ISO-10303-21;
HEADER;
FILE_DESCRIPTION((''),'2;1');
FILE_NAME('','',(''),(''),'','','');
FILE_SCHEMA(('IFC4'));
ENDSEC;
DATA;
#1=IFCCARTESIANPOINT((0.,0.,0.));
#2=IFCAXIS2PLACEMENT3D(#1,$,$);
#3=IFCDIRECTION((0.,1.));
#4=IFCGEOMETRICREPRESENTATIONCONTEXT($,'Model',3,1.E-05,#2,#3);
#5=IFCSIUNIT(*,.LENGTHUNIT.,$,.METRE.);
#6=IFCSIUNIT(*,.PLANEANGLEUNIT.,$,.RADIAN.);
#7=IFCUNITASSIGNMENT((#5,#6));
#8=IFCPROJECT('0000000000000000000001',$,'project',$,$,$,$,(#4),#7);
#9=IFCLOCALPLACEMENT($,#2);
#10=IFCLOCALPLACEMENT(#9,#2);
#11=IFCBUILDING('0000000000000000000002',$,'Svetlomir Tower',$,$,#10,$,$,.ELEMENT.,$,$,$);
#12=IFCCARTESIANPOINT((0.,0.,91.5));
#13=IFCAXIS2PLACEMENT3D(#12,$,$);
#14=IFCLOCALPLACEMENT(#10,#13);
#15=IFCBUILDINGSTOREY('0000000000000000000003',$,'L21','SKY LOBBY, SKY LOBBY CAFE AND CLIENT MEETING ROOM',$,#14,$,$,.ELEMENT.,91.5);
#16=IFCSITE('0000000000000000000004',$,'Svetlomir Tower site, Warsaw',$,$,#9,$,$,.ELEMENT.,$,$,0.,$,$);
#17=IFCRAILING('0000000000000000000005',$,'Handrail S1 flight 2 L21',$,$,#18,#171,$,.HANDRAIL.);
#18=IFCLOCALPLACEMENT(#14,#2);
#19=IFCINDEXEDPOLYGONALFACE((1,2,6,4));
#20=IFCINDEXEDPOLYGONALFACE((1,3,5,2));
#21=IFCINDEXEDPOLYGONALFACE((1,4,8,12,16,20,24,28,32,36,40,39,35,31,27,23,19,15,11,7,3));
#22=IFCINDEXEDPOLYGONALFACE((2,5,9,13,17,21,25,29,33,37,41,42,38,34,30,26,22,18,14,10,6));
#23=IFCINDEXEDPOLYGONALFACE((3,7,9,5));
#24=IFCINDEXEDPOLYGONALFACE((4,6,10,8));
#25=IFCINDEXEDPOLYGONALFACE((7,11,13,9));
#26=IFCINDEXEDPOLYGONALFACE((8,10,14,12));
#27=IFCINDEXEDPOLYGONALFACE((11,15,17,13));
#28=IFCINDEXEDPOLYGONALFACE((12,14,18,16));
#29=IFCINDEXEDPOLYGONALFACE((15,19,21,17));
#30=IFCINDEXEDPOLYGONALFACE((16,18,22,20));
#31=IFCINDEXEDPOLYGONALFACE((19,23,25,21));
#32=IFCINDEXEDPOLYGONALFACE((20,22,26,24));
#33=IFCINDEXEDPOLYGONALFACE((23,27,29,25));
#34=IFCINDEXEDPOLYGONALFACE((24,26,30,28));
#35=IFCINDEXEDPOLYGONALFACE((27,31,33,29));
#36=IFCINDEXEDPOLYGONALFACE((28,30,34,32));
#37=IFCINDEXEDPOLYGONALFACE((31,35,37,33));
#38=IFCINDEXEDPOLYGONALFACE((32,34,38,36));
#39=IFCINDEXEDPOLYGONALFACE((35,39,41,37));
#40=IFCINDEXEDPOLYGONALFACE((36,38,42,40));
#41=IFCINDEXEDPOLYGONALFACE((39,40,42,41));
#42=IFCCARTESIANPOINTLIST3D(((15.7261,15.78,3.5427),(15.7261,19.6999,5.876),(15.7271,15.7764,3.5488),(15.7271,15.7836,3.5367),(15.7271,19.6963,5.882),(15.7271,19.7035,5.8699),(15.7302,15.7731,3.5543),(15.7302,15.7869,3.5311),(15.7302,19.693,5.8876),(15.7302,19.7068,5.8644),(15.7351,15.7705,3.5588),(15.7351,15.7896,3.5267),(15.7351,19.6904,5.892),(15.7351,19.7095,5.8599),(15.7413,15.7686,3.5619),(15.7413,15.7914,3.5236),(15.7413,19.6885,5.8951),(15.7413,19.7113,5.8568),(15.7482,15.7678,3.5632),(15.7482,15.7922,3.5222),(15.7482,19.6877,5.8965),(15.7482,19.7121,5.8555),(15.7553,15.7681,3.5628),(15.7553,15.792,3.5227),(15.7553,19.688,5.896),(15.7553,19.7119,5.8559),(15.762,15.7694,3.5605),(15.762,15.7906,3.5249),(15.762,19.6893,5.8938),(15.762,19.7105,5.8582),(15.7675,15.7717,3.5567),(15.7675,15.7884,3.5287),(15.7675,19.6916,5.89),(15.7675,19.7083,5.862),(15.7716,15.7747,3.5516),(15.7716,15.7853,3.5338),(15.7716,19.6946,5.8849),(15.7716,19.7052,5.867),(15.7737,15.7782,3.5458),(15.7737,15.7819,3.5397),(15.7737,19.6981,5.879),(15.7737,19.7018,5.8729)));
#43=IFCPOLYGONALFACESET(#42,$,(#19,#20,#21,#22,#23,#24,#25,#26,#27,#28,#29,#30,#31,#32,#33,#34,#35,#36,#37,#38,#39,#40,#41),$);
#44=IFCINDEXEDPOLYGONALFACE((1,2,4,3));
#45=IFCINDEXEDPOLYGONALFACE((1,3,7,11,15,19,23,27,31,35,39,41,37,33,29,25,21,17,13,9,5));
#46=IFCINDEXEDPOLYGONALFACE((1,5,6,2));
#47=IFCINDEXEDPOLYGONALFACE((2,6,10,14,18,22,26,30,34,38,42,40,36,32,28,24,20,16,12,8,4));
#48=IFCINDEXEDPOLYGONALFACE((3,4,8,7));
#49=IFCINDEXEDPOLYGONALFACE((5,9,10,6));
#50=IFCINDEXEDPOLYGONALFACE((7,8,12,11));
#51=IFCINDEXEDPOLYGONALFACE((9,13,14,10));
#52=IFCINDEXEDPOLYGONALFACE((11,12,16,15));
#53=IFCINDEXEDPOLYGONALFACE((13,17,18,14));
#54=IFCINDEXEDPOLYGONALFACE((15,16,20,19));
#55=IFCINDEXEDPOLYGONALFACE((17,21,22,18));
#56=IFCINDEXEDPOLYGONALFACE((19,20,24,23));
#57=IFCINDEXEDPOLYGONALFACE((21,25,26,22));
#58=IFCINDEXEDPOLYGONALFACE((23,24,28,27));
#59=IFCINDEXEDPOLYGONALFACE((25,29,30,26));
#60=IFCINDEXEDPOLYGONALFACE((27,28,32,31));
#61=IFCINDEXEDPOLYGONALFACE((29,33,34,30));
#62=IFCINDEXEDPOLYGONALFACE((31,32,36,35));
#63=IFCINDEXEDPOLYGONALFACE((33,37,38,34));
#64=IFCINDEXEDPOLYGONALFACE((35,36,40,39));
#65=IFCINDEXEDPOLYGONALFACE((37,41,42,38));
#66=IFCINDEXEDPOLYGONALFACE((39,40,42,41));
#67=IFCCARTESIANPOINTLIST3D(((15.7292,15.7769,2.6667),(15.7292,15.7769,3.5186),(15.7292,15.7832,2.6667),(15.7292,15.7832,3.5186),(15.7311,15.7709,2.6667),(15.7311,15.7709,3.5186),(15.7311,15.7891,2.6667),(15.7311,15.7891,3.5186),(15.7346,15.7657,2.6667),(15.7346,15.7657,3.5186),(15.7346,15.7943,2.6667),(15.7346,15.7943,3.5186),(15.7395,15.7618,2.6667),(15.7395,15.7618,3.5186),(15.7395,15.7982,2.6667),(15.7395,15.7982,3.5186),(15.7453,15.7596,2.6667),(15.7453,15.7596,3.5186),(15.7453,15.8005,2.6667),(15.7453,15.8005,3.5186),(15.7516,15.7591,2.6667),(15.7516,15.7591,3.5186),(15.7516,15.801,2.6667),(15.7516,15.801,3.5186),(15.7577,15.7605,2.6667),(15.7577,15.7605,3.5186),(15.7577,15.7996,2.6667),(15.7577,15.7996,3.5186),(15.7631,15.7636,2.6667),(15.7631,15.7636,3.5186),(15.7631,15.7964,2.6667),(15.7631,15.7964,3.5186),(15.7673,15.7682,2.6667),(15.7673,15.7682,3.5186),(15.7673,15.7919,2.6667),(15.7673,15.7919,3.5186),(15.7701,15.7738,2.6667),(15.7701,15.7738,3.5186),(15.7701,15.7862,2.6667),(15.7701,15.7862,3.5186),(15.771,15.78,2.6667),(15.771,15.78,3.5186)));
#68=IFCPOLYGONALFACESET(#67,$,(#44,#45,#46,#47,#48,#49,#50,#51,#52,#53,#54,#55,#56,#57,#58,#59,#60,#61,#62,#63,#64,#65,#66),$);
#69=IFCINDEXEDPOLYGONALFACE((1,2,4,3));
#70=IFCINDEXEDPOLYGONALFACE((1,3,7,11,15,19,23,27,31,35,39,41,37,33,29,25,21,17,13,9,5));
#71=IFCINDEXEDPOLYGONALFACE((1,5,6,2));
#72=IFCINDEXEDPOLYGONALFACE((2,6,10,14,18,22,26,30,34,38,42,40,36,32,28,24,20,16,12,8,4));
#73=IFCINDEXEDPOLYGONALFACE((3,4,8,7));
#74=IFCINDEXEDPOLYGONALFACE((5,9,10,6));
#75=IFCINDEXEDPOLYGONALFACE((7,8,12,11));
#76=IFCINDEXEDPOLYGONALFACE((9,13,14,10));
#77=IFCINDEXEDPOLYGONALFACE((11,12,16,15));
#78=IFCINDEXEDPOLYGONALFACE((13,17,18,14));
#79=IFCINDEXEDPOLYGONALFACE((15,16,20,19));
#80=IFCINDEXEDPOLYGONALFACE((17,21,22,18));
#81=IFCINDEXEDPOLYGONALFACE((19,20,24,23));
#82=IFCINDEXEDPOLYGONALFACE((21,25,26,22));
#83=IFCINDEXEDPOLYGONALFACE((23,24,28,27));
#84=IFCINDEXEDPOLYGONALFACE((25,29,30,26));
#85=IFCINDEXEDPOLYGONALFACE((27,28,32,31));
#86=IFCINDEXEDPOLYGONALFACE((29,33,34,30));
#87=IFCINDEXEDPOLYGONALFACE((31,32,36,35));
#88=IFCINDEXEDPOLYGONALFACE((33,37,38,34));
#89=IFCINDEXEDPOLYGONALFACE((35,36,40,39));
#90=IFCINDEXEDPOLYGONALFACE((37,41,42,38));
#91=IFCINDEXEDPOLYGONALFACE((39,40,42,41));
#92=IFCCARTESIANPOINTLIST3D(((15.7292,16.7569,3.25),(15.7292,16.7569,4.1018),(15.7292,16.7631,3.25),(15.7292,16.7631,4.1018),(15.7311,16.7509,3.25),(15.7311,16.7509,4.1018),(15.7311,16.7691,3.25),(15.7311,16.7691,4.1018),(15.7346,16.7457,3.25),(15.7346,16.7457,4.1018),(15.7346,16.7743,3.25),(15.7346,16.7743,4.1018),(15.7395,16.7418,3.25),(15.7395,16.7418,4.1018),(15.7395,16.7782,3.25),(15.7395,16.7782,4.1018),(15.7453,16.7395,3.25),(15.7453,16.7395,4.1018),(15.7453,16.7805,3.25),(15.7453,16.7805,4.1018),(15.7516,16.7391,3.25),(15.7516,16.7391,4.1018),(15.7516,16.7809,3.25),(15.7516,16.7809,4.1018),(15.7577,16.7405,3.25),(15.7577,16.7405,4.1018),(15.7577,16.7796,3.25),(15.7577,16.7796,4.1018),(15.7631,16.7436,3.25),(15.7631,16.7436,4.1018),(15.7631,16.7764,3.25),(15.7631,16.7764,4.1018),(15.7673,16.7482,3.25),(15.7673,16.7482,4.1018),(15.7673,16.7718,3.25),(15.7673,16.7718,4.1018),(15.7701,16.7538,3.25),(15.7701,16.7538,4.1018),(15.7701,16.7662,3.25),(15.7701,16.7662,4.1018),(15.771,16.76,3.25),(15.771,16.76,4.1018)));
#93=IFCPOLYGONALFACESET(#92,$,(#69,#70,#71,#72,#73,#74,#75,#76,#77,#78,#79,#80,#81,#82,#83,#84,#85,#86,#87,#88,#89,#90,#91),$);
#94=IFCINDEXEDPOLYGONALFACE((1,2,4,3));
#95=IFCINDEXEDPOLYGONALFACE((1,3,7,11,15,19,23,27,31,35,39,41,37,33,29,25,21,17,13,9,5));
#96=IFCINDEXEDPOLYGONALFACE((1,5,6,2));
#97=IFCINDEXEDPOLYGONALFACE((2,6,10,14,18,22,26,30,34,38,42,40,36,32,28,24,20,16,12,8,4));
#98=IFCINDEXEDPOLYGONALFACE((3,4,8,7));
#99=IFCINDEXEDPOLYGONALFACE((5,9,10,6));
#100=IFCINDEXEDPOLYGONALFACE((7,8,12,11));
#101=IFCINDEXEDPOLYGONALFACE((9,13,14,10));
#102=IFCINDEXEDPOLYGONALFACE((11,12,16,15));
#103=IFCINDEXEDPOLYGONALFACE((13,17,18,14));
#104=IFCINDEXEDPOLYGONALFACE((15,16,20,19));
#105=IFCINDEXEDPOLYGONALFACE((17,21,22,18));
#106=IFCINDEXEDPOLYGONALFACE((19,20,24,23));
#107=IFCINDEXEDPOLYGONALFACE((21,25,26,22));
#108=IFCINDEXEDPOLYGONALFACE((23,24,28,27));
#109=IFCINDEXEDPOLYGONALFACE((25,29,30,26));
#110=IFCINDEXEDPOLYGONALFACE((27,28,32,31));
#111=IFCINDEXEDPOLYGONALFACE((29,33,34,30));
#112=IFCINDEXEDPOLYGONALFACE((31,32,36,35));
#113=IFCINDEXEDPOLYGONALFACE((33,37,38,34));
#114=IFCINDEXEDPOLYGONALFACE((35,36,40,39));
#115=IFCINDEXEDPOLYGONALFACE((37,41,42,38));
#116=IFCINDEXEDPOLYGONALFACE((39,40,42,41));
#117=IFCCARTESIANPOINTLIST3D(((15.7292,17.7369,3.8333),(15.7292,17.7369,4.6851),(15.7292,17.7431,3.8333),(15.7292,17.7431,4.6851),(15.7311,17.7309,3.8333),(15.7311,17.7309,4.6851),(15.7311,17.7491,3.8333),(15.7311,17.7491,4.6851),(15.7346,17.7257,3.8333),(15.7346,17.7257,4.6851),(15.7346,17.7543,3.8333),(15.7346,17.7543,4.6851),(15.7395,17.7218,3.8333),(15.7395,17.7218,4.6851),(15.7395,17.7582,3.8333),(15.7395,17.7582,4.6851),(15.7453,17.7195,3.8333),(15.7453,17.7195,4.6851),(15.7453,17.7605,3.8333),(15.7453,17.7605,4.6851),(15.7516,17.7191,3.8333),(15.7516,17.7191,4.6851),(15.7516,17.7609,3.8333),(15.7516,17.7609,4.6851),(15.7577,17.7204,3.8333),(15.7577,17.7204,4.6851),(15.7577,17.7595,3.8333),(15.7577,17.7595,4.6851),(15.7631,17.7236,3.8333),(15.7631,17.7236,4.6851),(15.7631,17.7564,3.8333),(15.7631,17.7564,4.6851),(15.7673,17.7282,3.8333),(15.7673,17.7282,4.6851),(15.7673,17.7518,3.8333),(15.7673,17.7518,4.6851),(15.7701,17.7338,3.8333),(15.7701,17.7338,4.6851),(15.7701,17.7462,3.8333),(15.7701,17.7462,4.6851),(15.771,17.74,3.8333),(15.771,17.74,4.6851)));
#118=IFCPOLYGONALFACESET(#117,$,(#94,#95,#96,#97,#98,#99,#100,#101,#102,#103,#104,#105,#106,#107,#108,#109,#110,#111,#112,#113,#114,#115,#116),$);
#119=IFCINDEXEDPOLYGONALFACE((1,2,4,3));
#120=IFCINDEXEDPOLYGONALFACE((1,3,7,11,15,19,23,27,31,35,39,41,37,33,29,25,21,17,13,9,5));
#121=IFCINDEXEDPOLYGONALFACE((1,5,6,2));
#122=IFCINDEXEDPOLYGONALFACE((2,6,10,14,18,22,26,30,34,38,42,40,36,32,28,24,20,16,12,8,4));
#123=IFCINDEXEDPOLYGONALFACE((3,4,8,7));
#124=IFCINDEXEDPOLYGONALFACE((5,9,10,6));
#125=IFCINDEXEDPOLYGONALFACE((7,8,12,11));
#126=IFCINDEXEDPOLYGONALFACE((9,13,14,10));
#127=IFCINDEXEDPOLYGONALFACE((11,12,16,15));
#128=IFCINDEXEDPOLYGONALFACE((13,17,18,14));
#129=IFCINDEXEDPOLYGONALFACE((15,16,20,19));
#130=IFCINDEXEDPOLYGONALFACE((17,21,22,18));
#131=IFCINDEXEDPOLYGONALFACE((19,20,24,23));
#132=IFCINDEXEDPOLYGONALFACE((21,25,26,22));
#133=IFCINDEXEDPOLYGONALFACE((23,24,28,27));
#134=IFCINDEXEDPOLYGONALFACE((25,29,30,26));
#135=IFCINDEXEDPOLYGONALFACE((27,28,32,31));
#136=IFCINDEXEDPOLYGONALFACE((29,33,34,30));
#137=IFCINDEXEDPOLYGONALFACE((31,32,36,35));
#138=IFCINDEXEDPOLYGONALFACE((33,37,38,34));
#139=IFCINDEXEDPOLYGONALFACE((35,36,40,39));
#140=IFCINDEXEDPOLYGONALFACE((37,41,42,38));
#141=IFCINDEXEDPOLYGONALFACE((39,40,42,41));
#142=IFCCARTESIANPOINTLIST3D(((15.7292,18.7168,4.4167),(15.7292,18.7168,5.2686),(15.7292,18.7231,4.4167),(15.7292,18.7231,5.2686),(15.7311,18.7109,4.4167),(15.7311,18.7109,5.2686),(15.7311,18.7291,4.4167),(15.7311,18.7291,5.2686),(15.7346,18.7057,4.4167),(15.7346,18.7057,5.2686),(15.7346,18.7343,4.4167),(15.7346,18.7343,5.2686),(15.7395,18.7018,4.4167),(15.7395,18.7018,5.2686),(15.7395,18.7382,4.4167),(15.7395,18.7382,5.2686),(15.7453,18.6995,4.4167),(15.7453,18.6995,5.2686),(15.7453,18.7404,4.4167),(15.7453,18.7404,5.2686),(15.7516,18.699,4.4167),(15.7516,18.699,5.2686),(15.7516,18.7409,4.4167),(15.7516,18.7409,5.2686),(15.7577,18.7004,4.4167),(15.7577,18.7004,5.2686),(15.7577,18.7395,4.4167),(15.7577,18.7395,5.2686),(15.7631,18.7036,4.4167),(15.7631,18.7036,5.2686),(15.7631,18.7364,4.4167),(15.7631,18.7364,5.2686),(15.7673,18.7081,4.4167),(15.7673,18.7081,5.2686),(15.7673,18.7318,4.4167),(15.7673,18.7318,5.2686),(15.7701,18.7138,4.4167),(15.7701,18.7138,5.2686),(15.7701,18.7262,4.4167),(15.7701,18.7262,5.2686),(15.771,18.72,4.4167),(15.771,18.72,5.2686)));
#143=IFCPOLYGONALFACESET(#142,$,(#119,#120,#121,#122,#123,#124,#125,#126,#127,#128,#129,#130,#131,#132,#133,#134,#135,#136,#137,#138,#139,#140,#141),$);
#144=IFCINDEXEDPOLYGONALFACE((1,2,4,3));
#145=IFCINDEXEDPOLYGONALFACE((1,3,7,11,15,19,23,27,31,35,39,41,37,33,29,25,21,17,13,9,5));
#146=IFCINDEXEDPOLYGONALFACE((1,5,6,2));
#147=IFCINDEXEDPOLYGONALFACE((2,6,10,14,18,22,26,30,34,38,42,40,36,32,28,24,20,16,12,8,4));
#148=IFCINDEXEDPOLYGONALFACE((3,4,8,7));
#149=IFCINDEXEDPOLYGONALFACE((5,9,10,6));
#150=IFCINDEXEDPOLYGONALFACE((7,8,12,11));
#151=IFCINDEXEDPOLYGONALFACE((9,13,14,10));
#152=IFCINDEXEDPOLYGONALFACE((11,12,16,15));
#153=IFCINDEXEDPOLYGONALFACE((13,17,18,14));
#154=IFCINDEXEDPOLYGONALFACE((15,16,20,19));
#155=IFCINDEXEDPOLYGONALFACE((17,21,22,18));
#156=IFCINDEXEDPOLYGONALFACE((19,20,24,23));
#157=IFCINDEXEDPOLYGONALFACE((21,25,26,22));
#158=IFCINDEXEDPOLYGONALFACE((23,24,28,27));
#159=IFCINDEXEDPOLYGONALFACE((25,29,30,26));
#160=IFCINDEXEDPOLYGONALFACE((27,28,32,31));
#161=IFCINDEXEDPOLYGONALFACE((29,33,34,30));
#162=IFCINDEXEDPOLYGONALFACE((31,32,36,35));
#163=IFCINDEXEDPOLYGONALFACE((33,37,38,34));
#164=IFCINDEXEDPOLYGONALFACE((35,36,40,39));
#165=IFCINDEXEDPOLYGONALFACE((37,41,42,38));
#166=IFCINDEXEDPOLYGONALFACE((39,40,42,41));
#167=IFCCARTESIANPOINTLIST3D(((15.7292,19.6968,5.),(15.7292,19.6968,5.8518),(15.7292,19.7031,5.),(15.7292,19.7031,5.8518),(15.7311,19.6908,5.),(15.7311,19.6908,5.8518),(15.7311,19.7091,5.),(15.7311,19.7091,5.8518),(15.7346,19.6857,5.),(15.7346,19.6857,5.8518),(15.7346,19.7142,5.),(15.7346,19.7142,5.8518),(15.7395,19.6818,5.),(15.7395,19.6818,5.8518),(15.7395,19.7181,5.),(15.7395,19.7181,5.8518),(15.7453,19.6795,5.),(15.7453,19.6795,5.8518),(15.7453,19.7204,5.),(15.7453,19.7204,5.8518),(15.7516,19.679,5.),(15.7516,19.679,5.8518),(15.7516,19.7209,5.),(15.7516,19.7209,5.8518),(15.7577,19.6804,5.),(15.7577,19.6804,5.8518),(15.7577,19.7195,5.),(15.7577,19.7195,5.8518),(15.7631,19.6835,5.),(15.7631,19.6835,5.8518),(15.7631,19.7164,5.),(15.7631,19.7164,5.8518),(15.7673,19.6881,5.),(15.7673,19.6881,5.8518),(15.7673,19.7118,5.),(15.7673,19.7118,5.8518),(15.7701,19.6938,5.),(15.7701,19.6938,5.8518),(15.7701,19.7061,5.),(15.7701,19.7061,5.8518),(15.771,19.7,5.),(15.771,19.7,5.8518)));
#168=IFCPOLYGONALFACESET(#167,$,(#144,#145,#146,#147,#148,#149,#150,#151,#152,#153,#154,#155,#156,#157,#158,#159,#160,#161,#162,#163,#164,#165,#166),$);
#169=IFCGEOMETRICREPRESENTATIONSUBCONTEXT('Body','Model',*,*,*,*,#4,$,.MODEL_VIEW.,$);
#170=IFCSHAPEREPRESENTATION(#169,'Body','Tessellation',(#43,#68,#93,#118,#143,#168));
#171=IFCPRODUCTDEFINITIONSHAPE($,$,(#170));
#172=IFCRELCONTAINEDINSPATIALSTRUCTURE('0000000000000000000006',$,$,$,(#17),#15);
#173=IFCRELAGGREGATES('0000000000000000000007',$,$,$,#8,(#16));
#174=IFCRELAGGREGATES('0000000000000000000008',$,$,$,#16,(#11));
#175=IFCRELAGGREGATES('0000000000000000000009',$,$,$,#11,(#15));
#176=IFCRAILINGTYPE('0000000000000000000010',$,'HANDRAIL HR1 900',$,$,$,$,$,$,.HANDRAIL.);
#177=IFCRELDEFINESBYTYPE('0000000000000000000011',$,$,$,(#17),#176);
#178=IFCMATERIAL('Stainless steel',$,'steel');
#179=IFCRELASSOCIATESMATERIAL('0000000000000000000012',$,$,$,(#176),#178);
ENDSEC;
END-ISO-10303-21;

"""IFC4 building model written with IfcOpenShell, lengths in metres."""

from ifc_helpers import new_model, si_unit, direction, frame, origin, origin_2d, place, context, subcontext, project, spatial, circle, extrude, material, type_object, element, save


model = new_model("IFC4")

# Units and contexts
model_context = context("Model", 3, precision=1e-05, world=origin(), true_north=direction((0.0, 1.0)))
body_context = subcontext(model_context, "Body", "Model", "MODEL_VIEW")
ifc_project = project(units=[si_unit("LENGTHUNIT", "METRE"), si_unit("PLANEANGLEUNIT", "RADIAN")], contexts=[model_context])

# Site, building, storey
site_placement = place(None, origin())
site = spatial("IfcSite", under=ifc_project, at=site_placement, Name="Svetlomir Tower site, Warsaw", CompositionType="ELEMENT", RefElevation=0.0)
building_placement = place(site_placement, origin())
building = spatial("IfcBuilding", under=site, at=building_placement, Name="Svetlomir Tower", CompositionType="ELEMENT")
storey_placement = place(building_placement, frame((0.0, 0.0, 91.5)))
storey = spatial("IfcBuildingStorey", under=building, at=storey_placement, Name="L21", Description="SKY LOBBY, SKY LOBBY CAFE AND CLIENT MEETING ROOM", CompositionType="ELEMENT", Elevation=91.5)

# Railing
ifc_material_1 = material(Name="Stainless steel", Category="steel")
railing_type = type_object("IfcRailingType", Name="HANDRAIL HR1 900", PredefinedType="HANDRAIL", material=ifc_material_1)
railing_1_placement = place(storey_placement, frame((15.75, 15.78, 2.6667)))
element("IfcRailing", 1, at=railing_1_placement, inside=storey, type_object=railing_type, Name="Handrail S1 flight 2 L21", PredefinedType="HANDRAIL", context=body_context, shape_type="SweptSolid", body=[
    extrude(circle(Radius=0.0239, at=origin_2d()), frame((0.0, 0.0, 0.876), z_axis=(0.0, 0.859296, 0.511478), x_axis=(-1.0, 0.0, 0.0)), (0.0, 0.0, 1.0), 4.5618),
    extrude(circle(Radius=0.021, at=origin_2d()), origin(), (0.0, 0.0, 1.0), 0.8518),
    extrude(circle(Radius=0.021, at=origin_2d()), frame((0.0, 0.98, 0.5833)), (0.0, 0.0, 1.0), 0.8518),
    extrude(circle(Radius=0.021, at=origin_2d()), frame((0.0, 1.96, 1.1665)), (0.0, 0.0, 1.0), 0.8518),
    extrude(circle(Radius=0.021, at=origin_2d()), frame((0.0, 2.9399, 1.75)), (0.0, 0.0, 1.0), 0.8518),
    extrude(circle(Radius=0.021, at=origin_2d()), frame((0.0, 3.9199, 2.3333)), (0.0, 0.0, 1.0), 0.8518),
])

save(model, "model.ifc")
